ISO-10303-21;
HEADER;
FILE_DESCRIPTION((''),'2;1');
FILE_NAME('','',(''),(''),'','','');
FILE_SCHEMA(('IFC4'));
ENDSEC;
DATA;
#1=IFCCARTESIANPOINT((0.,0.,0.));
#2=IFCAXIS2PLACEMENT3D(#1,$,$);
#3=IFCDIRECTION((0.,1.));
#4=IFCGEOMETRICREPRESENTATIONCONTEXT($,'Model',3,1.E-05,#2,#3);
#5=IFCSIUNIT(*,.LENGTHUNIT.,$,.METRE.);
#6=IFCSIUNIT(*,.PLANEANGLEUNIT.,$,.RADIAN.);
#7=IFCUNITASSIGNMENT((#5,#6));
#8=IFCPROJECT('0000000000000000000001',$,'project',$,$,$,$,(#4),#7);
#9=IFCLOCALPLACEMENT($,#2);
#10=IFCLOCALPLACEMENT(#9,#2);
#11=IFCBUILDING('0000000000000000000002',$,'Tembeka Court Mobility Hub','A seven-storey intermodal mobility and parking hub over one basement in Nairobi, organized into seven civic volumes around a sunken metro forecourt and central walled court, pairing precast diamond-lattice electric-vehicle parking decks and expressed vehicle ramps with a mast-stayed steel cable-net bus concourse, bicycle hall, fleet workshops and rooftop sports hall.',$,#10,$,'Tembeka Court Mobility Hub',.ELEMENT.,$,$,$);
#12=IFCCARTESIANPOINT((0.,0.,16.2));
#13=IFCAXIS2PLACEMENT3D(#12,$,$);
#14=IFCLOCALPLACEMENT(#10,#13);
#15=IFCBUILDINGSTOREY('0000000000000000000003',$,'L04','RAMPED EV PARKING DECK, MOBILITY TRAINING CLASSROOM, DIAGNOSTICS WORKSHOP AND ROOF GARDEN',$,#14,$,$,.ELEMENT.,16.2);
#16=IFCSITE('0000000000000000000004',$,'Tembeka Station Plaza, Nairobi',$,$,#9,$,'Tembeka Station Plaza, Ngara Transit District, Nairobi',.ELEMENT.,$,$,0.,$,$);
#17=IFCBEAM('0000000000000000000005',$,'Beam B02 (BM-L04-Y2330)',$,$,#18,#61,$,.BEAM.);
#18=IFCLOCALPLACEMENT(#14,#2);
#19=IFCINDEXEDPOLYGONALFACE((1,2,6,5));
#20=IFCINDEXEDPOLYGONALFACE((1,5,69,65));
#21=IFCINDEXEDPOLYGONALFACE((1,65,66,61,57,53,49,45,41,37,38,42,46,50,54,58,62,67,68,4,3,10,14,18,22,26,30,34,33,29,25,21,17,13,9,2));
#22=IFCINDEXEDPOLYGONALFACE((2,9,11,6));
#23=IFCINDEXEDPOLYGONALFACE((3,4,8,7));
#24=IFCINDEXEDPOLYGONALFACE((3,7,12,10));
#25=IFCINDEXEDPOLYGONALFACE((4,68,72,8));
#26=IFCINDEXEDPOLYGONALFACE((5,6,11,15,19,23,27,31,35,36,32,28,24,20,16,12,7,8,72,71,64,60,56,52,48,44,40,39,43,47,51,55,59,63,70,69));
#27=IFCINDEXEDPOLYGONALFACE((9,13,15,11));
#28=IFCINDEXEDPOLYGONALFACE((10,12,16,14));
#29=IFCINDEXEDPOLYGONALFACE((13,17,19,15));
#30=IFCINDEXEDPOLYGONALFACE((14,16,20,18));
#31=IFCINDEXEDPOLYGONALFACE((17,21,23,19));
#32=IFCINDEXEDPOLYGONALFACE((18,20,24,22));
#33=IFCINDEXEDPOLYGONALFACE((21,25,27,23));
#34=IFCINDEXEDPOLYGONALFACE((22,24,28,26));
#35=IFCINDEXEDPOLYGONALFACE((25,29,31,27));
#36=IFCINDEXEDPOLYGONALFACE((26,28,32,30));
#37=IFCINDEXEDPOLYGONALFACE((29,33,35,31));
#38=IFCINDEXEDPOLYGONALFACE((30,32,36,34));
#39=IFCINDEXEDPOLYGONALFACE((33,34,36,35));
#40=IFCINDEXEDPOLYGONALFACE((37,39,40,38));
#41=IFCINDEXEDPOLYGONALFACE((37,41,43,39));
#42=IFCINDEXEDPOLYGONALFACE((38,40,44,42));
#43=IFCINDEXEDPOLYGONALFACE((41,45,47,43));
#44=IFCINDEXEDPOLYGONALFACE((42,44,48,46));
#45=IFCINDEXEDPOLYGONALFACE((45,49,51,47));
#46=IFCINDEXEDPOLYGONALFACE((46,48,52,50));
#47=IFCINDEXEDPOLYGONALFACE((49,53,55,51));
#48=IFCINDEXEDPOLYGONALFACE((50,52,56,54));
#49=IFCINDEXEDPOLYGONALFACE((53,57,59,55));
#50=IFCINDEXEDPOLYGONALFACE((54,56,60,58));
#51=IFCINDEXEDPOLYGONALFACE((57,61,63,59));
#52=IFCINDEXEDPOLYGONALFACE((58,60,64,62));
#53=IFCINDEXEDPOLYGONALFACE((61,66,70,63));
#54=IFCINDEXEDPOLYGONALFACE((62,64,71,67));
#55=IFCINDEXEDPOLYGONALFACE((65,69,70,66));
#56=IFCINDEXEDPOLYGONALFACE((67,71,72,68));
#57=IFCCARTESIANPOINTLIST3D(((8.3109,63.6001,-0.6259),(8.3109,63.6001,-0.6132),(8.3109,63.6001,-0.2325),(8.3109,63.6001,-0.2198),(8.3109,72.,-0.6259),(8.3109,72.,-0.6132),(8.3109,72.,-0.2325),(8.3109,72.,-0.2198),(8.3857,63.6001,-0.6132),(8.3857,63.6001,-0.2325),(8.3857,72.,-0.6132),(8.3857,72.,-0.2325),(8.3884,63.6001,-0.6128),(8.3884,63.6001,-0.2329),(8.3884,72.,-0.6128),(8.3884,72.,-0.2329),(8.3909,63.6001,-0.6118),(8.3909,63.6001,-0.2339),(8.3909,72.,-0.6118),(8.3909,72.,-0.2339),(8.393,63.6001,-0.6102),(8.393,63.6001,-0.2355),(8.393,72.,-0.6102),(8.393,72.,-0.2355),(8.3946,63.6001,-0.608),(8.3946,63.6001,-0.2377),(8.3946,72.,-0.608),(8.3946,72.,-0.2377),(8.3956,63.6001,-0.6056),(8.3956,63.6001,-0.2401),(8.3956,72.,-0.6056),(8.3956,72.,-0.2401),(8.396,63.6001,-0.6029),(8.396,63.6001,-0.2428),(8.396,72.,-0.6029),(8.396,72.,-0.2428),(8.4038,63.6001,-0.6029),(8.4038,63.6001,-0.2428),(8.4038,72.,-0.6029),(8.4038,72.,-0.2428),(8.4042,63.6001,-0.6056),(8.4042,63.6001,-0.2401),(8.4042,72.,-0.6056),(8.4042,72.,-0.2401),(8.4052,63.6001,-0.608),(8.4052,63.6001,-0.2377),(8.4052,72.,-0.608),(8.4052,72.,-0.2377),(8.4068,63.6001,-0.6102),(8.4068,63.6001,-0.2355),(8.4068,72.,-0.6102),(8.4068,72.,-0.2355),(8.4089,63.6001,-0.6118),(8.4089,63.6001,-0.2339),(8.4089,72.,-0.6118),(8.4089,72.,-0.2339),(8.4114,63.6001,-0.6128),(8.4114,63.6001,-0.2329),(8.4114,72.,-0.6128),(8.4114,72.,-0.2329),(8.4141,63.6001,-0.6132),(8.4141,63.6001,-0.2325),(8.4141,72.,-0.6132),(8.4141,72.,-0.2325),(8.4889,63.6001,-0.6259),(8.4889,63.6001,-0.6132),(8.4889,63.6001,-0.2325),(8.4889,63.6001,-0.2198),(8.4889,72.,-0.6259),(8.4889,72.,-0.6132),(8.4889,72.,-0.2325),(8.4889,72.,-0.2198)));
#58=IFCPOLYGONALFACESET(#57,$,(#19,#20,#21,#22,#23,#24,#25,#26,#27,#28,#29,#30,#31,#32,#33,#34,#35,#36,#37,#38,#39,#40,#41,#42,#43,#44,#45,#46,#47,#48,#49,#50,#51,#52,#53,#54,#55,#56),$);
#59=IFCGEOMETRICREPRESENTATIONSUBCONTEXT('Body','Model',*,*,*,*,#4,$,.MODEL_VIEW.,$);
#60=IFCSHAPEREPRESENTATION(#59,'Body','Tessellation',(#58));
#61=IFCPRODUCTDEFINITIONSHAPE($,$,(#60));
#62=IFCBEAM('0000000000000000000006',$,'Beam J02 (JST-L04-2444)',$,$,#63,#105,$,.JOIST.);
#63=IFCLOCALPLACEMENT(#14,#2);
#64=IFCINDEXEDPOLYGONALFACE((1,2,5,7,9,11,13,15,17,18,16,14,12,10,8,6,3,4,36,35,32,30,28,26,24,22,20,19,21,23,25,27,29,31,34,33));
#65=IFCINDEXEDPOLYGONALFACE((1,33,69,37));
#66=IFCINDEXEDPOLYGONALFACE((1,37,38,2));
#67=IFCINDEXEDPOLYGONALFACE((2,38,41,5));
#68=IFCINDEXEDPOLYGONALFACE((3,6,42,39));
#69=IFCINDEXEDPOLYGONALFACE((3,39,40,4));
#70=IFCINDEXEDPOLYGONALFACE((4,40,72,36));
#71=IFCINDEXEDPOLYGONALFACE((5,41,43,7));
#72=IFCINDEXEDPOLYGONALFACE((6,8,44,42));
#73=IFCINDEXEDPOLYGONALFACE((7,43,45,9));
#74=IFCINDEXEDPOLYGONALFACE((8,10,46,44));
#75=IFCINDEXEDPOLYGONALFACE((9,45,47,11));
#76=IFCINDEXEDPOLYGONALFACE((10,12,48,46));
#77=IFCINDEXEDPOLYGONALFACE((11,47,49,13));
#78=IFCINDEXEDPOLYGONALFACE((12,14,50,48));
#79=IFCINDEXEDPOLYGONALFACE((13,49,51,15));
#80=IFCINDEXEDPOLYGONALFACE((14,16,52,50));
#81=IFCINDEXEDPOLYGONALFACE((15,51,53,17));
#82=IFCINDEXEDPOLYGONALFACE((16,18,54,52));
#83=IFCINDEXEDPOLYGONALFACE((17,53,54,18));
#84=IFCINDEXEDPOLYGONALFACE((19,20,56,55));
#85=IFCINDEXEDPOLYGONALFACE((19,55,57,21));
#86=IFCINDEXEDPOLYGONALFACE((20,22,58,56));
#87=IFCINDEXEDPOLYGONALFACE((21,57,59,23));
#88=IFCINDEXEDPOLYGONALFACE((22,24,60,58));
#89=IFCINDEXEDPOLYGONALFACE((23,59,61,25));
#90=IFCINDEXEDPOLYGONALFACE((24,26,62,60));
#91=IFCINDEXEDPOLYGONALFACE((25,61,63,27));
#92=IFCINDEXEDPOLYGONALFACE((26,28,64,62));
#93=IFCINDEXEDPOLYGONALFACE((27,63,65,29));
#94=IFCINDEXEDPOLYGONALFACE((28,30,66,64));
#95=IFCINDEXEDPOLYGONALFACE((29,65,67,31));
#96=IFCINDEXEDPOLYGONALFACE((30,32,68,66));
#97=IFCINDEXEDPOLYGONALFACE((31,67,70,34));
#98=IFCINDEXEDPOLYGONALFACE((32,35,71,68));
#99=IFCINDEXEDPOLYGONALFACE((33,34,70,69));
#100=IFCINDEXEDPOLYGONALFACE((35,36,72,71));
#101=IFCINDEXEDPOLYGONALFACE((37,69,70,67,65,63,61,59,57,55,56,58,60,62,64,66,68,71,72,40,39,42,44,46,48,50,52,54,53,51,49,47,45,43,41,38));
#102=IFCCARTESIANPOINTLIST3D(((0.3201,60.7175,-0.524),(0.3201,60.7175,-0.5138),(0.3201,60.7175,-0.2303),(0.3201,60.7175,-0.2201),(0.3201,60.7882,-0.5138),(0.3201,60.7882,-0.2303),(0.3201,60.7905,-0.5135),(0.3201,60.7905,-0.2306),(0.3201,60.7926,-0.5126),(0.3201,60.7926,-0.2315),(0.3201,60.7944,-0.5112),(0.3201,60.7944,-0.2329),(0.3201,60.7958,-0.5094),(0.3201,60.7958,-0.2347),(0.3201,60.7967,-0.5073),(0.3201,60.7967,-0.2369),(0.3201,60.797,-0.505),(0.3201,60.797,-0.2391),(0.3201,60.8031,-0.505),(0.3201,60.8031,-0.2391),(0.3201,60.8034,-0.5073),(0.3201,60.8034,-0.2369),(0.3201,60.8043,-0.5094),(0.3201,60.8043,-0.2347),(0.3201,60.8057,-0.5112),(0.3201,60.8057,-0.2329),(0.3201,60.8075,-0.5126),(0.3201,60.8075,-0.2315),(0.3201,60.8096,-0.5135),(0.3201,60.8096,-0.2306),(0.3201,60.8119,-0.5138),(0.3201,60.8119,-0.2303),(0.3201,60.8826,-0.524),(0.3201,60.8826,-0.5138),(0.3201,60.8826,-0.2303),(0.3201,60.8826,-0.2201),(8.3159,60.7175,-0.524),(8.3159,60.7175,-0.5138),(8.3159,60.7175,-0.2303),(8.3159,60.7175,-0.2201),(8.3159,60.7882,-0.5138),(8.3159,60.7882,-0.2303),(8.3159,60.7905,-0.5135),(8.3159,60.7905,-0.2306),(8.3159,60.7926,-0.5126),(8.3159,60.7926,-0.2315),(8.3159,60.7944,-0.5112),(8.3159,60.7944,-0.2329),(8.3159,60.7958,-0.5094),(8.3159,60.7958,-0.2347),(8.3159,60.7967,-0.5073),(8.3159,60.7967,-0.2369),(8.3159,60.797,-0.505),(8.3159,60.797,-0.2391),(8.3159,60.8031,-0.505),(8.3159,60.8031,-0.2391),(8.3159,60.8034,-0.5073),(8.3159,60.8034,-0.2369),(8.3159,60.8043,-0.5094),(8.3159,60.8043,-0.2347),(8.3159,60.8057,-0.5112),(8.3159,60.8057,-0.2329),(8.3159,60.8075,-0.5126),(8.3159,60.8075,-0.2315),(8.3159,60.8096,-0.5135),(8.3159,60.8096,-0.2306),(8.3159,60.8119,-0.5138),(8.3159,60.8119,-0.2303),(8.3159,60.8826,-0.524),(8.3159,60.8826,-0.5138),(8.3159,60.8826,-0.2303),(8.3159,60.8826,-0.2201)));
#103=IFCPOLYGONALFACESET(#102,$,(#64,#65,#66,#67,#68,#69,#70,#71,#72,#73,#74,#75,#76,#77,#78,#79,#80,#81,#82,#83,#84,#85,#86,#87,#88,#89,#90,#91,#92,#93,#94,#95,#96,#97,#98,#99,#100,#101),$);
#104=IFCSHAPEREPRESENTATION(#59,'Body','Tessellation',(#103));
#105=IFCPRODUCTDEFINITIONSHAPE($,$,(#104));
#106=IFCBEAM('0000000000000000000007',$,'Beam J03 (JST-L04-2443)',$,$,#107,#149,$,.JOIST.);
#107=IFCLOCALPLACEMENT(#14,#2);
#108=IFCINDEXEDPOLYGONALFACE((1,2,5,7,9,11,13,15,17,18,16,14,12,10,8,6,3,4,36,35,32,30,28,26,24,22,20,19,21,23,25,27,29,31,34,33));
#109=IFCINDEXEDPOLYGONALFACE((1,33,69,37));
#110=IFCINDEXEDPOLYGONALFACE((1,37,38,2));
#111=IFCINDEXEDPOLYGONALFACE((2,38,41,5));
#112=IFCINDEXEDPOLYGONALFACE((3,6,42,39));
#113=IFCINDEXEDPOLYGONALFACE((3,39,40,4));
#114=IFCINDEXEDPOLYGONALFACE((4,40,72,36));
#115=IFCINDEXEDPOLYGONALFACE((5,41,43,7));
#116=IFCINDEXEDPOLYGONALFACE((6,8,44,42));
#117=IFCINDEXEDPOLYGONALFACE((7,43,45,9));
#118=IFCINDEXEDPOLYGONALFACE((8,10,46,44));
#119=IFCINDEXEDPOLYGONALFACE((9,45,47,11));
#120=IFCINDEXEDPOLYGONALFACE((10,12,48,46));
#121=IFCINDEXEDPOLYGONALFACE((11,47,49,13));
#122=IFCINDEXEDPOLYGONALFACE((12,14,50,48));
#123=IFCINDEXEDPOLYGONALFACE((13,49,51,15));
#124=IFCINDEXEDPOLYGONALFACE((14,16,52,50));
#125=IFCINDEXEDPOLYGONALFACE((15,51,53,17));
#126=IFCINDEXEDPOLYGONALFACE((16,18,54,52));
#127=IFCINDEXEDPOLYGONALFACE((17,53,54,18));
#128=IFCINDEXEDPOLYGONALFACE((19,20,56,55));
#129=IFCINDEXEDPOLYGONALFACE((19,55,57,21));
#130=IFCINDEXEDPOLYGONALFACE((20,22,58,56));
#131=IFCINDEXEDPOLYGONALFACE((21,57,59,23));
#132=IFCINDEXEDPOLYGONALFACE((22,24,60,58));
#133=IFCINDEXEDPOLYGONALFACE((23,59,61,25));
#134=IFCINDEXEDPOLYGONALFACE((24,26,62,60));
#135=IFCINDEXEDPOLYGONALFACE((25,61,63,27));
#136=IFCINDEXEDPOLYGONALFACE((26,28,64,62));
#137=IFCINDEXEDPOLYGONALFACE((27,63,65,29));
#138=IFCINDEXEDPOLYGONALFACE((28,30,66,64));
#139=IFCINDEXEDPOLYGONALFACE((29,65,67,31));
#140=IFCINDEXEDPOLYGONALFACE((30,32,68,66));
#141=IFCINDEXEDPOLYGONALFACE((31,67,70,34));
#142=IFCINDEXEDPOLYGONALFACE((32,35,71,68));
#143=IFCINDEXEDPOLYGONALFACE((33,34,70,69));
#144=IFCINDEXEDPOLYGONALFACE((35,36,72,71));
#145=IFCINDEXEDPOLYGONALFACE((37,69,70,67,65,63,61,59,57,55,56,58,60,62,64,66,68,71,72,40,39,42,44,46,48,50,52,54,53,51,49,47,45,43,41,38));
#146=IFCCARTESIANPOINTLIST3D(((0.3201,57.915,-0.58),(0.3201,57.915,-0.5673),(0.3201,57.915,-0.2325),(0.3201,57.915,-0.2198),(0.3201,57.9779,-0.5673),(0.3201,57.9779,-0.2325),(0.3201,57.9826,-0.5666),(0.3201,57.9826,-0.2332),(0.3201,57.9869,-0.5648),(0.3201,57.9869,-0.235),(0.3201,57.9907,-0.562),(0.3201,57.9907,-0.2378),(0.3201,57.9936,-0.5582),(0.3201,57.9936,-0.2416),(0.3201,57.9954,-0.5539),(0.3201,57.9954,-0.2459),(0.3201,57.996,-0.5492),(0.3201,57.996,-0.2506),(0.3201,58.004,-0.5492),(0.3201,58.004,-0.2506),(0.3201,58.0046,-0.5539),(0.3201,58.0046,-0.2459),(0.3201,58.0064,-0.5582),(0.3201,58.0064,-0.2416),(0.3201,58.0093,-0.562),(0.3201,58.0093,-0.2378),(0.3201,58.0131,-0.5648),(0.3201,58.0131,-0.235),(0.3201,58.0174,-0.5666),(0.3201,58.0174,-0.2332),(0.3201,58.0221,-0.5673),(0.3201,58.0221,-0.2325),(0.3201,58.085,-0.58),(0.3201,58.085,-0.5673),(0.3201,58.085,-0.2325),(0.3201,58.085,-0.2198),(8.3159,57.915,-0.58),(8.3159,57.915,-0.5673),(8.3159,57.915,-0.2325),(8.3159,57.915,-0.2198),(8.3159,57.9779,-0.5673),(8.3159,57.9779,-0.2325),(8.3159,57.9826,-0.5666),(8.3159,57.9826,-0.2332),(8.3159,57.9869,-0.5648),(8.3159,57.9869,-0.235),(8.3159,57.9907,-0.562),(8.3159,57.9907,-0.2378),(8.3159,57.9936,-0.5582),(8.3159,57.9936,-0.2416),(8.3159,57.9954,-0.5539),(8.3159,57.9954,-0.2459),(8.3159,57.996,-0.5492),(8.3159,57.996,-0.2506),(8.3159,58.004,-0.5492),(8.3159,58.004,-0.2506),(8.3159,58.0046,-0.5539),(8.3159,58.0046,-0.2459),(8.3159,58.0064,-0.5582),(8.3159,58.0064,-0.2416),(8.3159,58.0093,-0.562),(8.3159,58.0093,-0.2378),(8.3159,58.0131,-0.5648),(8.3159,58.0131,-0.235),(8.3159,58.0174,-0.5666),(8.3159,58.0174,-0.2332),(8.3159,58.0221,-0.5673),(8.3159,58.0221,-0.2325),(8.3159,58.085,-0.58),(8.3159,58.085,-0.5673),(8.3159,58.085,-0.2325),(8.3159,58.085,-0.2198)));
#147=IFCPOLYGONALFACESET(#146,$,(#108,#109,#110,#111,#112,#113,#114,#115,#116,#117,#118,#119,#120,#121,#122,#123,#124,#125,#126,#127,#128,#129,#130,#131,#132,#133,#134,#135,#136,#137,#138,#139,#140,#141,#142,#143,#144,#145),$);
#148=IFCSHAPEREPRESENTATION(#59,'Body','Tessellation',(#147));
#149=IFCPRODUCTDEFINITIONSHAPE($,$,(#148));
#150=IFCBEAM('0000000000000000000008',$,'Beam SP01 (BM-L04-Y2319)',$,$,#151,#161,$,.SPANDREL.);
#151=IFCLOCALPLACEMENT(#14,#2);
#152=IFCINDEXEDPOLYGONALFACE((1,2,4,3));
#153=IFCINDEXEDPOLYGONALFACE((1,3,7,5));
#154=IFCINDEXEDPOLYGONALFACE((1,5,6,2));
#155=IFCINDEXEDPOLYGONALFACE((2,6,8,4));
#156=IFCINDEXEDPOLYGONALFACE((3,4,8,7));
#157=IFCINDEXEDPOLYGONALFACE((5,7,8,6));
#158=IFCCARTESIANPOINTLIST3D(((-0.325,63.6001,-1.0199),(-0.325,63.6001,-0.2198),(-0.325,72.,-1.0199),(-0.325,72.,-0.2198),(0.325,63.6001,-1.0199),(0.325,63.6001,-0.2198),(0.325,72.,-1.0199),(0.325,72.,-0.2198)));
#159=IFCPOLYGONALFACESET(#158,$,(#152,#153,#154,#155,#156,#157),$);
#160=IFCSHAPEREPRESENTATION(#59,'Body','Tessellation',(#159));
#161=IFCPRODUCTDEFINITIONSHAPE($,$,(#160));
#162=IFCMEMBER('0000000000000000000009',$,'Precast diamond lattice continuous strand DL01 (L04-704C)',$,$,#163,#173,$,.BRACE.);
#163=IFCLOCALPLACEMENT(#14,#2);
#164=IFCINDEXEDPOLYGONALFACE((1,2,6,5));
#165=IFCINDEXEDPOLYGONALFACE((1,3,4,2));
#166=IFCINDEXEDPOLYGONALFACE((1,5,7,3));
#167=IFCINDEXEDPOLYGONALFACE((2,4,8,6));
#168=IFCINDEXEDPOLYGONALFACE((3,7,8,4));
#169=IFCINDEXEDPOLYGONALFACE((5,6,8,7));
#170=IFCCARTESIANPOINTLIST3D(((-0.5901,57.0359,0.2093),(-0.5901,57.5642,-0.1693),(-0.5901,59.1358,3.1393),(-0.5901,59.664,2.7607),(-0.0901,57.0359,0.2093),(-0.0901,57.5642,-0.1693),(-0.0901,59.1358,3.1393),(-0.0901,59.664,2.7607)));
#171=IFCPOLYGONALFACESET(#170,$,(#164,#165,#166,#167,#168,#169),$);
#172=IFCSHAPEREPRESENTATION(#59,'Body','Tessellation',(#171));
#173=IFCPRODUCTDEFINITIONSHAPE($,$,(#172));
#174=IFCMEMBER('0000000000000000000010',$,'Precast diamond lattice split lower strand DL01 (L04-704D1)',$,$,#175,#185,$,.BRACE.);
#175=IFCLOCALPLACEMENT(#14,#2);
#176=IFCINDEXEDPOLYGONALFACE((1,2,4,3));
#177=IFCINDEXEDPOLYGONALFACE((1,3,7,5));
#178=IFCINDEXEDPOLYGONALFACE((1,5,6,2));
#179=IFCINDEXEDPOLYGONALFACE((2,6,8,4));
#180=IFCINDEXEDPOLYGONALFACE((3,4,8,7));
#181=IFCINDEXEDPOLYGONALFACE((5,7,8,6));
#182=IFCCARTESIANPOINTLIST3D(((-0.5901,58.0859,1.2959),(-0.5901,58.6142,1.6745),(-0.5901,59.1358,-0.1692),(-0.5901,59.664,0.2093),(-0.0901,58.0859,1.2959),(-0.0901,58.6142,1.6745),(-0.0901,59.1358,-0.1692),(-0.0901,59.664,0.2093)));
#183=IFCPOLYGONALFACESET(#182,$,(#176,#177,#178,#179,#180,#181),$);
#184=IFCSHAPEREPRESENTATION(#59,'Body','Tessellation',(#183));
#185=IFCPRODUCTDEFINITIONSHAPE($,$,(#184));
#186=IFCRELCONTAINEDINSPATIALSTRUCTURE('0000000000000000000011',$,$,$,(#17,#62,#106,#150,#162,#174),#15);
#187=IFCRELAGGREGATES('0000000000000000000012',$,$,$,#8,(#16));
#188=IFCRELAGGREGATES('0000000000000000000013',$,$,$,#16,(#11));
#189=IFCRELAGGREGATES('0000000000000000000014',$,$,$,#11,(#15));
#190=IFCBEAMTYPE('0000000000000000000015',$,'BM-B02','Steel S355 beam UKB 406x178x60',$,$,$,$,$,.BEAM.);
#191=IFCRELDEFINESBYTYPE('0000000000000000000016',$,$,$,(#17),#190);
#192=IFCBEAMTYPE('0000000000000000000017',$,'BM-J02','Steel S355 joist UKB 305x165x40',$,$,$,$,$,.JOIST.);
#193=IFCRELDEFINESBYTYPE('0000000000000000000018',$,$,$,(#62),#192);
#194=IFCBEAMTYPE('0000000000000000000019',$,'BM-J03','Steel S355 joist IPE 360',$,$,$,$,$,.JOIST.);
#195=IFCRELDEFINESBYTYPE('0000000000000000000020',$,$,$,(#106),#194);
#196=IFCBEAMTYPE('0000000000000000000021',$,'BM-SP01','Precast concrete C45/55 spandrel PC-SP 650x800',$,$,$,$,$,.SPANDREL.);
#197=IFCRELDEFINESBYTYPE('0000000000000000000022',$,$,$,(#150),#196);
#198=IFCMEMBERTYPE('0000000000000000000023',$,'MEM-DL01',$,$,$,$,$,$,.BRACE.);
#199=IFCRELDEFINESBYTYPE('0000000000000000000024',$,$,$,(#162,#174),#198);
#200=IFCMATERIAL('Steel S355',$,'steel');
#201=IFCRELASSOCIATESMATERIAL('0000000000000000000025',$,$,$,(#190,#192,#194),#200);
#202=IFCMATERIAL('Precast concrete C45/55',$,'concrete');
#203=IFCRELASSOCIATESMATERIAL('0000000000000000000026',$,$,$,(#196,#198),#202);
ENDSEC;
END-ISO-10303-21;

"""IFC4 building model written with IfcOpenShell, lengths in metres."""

from ifc_helpers import new_model, si_unit, direction, frame, origin, origin_2d, place, context, subcontext, project, spatial, rectangle, i_section, extrude, material, material_profile, profile_set, type_object, element, save


model = new_model("IFC4")

# Units and contexts
model_context = context("Model", 3, precision=1e-05, world=origin(), true_north=direction((0.0, 1.0)))
body_context = subcontext(model_context, "Body", "Model", "MODEL_VIEW")
ifc_project = project(units=[si_unit("LENGTHUNIT", "METRE"), si_unit("PLANEANGLEUNIT", "RADIAN")], contexts=[model_context])

# Site, building, storey
site_placement = place(None, origin())
site = spatial("IfcSite", under=ifc_project, at=site_placement, Name="Tembeka Station Plaza, Nairobi", LongName="Tembeka Station Plaza, Ngara Transit District, Nairobi", CompositionType="ELEMENT", RefElevation=0.0)
building_placement = place(site_placement, origin())
building = spatial("IfcBuilding", under=site, at=building_placement, Name="Tembeka Court Mobility Hub", Description="A seven-storey intermodal mobility and parking hub over one basement in Nairobi, organized into seven civic volumes around a sunken metro forecourt and central walled court, pairing precast diamond-lattice electric-vehicle parking decks and expressed vehicle ramps with a mast-stayed steel cable-net bus concourse, bicycle hall, fleet workshops and rooftop sports hall.", LongName="Tembeka Court Mobility Hub", CompositionType="ELEMENT")
storey_placement = place(building_placement, frame((0.0, 0.0, 16.2)))
storey = spatial("IfcBuildingStorey", under=building, at=storey_placement, Name="L04", Description="RAMPED EV PARKING DECK, MOBILITY TRAINING CLASSROOM, DIAGNOSTICS WORKSHOP AND ROOF GARDEN", CompositionType="ELEMENT", Elevation=16.2)

# Shared definitions
ifc_material_1 = material(Name="Steel S355", Category="steel")

# Beams
ifc_material_profile_1 = material_profile(ifc_material_1, i_section(OverallWidth=0.178, OverallDepth=0.406, WebThickness=0.0078, FlangeThickness=0.0127, FilletRadius=0.0103, at=origin_2d()), Name="UKB 406x178x60")
ifc_profile_set_1 = profile_set([ifc_material_profile_1], Name="Steel S355")
beam_type_1 = type_object("IfcBeamType", Name="BM-B02", Description="Steel S355 beam UKB 406x178x60", PredefinedType="BEAM", material=ifc_profile_set_1)
beam_1_placement = place(storey_placement, frame((8.3999, 63.6001, -0.4229), z_axis=(0.0, 1.0, 0.0), x_axis=(-1.0, 0.0, 0.0)))
element("IfcBeam", 1, at=beam_1_placement, inside=storey, type_object=beam_type_1, Name="Beam B02 (BM-L04-Y2330)", PredefinedType="BEAM", context=body_context, shape_type="SweptSolid", body=[
    extrude(i_section(OverallWidth=0.178, OverallDepth=0.406, WebThickness=0.0078, FlangeThickness=0.0127, FilletRadius=0.0103, at=origin_2d()), origin(), (0.0, 0.0, 1.0), 8.3999),
])
ifc_material_profile_2 = material_profile(ifc_material_1, i_section(OverallWidth=0.165, OverallDepth=0.304, WebThickness=0.0061, FlangeThickness=0.0103, FilletRadius=0.0088, at=origin_2d()), Name="UKB 305x165x40")
ifc_profile_set_2 = profile_set([ifc_material_profile_2], Name="Steel S355")
beam_type_2 = type_object("IfcBeamType", Name="BM-J02", Description="Steel S355 joist UKB 305x165x40", PredefinedType="JOIST", material=ifc_profile_set_2)
beam_2_placement = place(storey_placement, frame((0.3201, 60.8, -0.3721), z_axis=(1.0, 0.0, 0.0), x_axis=(0.0, 1.0, 0.0)))
element("IfcBeam", 2, at=beam_2_placement, inside=storey, type_object=beam_type_2, Name="Beam J02 (JST-L04-2444)", PredefinedType="JOIST", context=body_context, shape_type="SweptSolid", body=[
    extrude(i_section(OverallWidth=0.165, OverallDepth=0.304, WebThickness=0.0061, FlangeThickness=0.0103, FilletRadius=0.0088, at=origin_2d()), origin(), (0.0, 0.0, 1.0), 7.9958),
])
ifc_material_profile_3 = material_profile(ifc_material_1, i_section(OverallWidth=0.1699, OverallDepth=0.3601, WebThickness=0.0081, FlangeThickness=0.0127, FilletRadius=0.0181, at=origin_2d()), Name="IPE 360")
ifc_profile_set_3 = profile_set([ifc_material_profile_3], Name="Steel S355")
beam_type_3 = type_object("IfcBeamType", Name="BM-J03", Description="Steel S355 joist IPE 360", PredefinedType="JOIST", material=ifc_profile_set_3)
beam_3_placement = place(storey_placement, frame((0.3201, 58.0, -0.3999), z_axis=(1.0, 0.0, 0.0), x_axis=(0.0, 1.0, 0.0)))
element("IfcBeam", 3, at=beam_3_placement, inside=storey, type_object=beam_type_3, Name="Beam J03 (JST-L04-2443)", PredefinedType="JOIST", context=body_context, shape_type="SweptSolid", body=[
    extrude(i_section(OverallWidth=0.1699, OverallDepth=0.3601, WebThickness=0.0081, FlangeThickness=0.0127, FilletRadius=0.0181, at=origin_2d()), origin(), (0.0, 0.0, 1.0), 7.9958),
])
ifc_material_2 = material(Name="Precast concrete C45/55", Category="concrete")
ifc_material_profile_4 = material_profile(ifc_material_2, rectangle(XDim=0.6499, YDim=0.8, at=origin_2d()), Name="PC-SP 650x800")
ifc_profile_set_4 = profile_set([ifc_material_profile_4], Name="Precast concrete C45/55")
beam_type_4 = type_object("IfcBeamType", Name="BM-SP01", Description="Precast concrete C45/55 spandrel PC-SP 650x800", PredefinedType="SPANDREL", material=ifc_profile_set_4)
beam_4_placement = place(storey_placement, frame((0.0, 63.6001, -0.6199), z_axis=(0.0, 1.0, 0.0), x_axis=(-1.0, 0.0, 0.0)))
element("IfcBeam", 4, at=beam_4_placement, inside=storey, type_object=beam_type_4, Name="Beam SP01 (BM-L04-Y2319)", PredefinedType="SPANDREL", context=body_context, shape_type="SweptSolid", body=[
    extrude(rectangle(XDim=0.6499, YDim=0.8, at=origin_2d()), origin(), (0.0, 0.0, 1.0), 8.3999),
])

# Members
ifc_material_profile_5 = material_profile(ifc_material_2, rectangle(XDim=0.5, YDim=0.6499, at=origin_2d()), Name="PC-DIAG 500x650")
ifc_profile_set_5 = profile_set([ifc_material_profile_5], Name="Precast concrete C45/55")
member_type_1 = type_object("IfcMemberType", Name="MEM-DL01", PredefinedType="BRACE", material=ifc_profile_set_5)
member_1_placement = place(storey_placement, frame((-0.3401, 57.3, 0.02), z_axis=(0.0, 0.582532, 0.812808), x_axis=(-1.0, 0.0, 0.0)))
element("IfcMember", 5, at=member_1_placement, inside=storey, type_object=member_type_1, Name="Precast diamond lattice continuous strand DL01 (L04-704C)", PredefinedType="BRACE", context=body_context, shape_type="SweptSolid", body=[
    extrude(rectangle(XDim=0.5, YDim=0.6499, at=origin_2d()), origin(), (0.0, 0.0, 1.0), 3.6047),
])
member_2_placement = place(storey_placement, frame((-0.3401, 59.3999, 0.02), z_axis=(0.0, -0.582455, 0.812863), x_axis=(1.0, 0.0, 0.0)))
element("IfcMember", 6, at=member_2_placement, inside=storey, type_object=member_type_1, Name="Precast diamond lattice split lower strand DL01 (L04-704D1)", PredefinedType="BRACE", context=body_context, shape_type="SweptSolid", body=[
    extrude(rectangle(XDim=0.5, YDim=0.6499, at=origin_2d()), origin(), (0.0, 0.0, 1.0), 1.8025),
])

save(model, "model.ifc")
